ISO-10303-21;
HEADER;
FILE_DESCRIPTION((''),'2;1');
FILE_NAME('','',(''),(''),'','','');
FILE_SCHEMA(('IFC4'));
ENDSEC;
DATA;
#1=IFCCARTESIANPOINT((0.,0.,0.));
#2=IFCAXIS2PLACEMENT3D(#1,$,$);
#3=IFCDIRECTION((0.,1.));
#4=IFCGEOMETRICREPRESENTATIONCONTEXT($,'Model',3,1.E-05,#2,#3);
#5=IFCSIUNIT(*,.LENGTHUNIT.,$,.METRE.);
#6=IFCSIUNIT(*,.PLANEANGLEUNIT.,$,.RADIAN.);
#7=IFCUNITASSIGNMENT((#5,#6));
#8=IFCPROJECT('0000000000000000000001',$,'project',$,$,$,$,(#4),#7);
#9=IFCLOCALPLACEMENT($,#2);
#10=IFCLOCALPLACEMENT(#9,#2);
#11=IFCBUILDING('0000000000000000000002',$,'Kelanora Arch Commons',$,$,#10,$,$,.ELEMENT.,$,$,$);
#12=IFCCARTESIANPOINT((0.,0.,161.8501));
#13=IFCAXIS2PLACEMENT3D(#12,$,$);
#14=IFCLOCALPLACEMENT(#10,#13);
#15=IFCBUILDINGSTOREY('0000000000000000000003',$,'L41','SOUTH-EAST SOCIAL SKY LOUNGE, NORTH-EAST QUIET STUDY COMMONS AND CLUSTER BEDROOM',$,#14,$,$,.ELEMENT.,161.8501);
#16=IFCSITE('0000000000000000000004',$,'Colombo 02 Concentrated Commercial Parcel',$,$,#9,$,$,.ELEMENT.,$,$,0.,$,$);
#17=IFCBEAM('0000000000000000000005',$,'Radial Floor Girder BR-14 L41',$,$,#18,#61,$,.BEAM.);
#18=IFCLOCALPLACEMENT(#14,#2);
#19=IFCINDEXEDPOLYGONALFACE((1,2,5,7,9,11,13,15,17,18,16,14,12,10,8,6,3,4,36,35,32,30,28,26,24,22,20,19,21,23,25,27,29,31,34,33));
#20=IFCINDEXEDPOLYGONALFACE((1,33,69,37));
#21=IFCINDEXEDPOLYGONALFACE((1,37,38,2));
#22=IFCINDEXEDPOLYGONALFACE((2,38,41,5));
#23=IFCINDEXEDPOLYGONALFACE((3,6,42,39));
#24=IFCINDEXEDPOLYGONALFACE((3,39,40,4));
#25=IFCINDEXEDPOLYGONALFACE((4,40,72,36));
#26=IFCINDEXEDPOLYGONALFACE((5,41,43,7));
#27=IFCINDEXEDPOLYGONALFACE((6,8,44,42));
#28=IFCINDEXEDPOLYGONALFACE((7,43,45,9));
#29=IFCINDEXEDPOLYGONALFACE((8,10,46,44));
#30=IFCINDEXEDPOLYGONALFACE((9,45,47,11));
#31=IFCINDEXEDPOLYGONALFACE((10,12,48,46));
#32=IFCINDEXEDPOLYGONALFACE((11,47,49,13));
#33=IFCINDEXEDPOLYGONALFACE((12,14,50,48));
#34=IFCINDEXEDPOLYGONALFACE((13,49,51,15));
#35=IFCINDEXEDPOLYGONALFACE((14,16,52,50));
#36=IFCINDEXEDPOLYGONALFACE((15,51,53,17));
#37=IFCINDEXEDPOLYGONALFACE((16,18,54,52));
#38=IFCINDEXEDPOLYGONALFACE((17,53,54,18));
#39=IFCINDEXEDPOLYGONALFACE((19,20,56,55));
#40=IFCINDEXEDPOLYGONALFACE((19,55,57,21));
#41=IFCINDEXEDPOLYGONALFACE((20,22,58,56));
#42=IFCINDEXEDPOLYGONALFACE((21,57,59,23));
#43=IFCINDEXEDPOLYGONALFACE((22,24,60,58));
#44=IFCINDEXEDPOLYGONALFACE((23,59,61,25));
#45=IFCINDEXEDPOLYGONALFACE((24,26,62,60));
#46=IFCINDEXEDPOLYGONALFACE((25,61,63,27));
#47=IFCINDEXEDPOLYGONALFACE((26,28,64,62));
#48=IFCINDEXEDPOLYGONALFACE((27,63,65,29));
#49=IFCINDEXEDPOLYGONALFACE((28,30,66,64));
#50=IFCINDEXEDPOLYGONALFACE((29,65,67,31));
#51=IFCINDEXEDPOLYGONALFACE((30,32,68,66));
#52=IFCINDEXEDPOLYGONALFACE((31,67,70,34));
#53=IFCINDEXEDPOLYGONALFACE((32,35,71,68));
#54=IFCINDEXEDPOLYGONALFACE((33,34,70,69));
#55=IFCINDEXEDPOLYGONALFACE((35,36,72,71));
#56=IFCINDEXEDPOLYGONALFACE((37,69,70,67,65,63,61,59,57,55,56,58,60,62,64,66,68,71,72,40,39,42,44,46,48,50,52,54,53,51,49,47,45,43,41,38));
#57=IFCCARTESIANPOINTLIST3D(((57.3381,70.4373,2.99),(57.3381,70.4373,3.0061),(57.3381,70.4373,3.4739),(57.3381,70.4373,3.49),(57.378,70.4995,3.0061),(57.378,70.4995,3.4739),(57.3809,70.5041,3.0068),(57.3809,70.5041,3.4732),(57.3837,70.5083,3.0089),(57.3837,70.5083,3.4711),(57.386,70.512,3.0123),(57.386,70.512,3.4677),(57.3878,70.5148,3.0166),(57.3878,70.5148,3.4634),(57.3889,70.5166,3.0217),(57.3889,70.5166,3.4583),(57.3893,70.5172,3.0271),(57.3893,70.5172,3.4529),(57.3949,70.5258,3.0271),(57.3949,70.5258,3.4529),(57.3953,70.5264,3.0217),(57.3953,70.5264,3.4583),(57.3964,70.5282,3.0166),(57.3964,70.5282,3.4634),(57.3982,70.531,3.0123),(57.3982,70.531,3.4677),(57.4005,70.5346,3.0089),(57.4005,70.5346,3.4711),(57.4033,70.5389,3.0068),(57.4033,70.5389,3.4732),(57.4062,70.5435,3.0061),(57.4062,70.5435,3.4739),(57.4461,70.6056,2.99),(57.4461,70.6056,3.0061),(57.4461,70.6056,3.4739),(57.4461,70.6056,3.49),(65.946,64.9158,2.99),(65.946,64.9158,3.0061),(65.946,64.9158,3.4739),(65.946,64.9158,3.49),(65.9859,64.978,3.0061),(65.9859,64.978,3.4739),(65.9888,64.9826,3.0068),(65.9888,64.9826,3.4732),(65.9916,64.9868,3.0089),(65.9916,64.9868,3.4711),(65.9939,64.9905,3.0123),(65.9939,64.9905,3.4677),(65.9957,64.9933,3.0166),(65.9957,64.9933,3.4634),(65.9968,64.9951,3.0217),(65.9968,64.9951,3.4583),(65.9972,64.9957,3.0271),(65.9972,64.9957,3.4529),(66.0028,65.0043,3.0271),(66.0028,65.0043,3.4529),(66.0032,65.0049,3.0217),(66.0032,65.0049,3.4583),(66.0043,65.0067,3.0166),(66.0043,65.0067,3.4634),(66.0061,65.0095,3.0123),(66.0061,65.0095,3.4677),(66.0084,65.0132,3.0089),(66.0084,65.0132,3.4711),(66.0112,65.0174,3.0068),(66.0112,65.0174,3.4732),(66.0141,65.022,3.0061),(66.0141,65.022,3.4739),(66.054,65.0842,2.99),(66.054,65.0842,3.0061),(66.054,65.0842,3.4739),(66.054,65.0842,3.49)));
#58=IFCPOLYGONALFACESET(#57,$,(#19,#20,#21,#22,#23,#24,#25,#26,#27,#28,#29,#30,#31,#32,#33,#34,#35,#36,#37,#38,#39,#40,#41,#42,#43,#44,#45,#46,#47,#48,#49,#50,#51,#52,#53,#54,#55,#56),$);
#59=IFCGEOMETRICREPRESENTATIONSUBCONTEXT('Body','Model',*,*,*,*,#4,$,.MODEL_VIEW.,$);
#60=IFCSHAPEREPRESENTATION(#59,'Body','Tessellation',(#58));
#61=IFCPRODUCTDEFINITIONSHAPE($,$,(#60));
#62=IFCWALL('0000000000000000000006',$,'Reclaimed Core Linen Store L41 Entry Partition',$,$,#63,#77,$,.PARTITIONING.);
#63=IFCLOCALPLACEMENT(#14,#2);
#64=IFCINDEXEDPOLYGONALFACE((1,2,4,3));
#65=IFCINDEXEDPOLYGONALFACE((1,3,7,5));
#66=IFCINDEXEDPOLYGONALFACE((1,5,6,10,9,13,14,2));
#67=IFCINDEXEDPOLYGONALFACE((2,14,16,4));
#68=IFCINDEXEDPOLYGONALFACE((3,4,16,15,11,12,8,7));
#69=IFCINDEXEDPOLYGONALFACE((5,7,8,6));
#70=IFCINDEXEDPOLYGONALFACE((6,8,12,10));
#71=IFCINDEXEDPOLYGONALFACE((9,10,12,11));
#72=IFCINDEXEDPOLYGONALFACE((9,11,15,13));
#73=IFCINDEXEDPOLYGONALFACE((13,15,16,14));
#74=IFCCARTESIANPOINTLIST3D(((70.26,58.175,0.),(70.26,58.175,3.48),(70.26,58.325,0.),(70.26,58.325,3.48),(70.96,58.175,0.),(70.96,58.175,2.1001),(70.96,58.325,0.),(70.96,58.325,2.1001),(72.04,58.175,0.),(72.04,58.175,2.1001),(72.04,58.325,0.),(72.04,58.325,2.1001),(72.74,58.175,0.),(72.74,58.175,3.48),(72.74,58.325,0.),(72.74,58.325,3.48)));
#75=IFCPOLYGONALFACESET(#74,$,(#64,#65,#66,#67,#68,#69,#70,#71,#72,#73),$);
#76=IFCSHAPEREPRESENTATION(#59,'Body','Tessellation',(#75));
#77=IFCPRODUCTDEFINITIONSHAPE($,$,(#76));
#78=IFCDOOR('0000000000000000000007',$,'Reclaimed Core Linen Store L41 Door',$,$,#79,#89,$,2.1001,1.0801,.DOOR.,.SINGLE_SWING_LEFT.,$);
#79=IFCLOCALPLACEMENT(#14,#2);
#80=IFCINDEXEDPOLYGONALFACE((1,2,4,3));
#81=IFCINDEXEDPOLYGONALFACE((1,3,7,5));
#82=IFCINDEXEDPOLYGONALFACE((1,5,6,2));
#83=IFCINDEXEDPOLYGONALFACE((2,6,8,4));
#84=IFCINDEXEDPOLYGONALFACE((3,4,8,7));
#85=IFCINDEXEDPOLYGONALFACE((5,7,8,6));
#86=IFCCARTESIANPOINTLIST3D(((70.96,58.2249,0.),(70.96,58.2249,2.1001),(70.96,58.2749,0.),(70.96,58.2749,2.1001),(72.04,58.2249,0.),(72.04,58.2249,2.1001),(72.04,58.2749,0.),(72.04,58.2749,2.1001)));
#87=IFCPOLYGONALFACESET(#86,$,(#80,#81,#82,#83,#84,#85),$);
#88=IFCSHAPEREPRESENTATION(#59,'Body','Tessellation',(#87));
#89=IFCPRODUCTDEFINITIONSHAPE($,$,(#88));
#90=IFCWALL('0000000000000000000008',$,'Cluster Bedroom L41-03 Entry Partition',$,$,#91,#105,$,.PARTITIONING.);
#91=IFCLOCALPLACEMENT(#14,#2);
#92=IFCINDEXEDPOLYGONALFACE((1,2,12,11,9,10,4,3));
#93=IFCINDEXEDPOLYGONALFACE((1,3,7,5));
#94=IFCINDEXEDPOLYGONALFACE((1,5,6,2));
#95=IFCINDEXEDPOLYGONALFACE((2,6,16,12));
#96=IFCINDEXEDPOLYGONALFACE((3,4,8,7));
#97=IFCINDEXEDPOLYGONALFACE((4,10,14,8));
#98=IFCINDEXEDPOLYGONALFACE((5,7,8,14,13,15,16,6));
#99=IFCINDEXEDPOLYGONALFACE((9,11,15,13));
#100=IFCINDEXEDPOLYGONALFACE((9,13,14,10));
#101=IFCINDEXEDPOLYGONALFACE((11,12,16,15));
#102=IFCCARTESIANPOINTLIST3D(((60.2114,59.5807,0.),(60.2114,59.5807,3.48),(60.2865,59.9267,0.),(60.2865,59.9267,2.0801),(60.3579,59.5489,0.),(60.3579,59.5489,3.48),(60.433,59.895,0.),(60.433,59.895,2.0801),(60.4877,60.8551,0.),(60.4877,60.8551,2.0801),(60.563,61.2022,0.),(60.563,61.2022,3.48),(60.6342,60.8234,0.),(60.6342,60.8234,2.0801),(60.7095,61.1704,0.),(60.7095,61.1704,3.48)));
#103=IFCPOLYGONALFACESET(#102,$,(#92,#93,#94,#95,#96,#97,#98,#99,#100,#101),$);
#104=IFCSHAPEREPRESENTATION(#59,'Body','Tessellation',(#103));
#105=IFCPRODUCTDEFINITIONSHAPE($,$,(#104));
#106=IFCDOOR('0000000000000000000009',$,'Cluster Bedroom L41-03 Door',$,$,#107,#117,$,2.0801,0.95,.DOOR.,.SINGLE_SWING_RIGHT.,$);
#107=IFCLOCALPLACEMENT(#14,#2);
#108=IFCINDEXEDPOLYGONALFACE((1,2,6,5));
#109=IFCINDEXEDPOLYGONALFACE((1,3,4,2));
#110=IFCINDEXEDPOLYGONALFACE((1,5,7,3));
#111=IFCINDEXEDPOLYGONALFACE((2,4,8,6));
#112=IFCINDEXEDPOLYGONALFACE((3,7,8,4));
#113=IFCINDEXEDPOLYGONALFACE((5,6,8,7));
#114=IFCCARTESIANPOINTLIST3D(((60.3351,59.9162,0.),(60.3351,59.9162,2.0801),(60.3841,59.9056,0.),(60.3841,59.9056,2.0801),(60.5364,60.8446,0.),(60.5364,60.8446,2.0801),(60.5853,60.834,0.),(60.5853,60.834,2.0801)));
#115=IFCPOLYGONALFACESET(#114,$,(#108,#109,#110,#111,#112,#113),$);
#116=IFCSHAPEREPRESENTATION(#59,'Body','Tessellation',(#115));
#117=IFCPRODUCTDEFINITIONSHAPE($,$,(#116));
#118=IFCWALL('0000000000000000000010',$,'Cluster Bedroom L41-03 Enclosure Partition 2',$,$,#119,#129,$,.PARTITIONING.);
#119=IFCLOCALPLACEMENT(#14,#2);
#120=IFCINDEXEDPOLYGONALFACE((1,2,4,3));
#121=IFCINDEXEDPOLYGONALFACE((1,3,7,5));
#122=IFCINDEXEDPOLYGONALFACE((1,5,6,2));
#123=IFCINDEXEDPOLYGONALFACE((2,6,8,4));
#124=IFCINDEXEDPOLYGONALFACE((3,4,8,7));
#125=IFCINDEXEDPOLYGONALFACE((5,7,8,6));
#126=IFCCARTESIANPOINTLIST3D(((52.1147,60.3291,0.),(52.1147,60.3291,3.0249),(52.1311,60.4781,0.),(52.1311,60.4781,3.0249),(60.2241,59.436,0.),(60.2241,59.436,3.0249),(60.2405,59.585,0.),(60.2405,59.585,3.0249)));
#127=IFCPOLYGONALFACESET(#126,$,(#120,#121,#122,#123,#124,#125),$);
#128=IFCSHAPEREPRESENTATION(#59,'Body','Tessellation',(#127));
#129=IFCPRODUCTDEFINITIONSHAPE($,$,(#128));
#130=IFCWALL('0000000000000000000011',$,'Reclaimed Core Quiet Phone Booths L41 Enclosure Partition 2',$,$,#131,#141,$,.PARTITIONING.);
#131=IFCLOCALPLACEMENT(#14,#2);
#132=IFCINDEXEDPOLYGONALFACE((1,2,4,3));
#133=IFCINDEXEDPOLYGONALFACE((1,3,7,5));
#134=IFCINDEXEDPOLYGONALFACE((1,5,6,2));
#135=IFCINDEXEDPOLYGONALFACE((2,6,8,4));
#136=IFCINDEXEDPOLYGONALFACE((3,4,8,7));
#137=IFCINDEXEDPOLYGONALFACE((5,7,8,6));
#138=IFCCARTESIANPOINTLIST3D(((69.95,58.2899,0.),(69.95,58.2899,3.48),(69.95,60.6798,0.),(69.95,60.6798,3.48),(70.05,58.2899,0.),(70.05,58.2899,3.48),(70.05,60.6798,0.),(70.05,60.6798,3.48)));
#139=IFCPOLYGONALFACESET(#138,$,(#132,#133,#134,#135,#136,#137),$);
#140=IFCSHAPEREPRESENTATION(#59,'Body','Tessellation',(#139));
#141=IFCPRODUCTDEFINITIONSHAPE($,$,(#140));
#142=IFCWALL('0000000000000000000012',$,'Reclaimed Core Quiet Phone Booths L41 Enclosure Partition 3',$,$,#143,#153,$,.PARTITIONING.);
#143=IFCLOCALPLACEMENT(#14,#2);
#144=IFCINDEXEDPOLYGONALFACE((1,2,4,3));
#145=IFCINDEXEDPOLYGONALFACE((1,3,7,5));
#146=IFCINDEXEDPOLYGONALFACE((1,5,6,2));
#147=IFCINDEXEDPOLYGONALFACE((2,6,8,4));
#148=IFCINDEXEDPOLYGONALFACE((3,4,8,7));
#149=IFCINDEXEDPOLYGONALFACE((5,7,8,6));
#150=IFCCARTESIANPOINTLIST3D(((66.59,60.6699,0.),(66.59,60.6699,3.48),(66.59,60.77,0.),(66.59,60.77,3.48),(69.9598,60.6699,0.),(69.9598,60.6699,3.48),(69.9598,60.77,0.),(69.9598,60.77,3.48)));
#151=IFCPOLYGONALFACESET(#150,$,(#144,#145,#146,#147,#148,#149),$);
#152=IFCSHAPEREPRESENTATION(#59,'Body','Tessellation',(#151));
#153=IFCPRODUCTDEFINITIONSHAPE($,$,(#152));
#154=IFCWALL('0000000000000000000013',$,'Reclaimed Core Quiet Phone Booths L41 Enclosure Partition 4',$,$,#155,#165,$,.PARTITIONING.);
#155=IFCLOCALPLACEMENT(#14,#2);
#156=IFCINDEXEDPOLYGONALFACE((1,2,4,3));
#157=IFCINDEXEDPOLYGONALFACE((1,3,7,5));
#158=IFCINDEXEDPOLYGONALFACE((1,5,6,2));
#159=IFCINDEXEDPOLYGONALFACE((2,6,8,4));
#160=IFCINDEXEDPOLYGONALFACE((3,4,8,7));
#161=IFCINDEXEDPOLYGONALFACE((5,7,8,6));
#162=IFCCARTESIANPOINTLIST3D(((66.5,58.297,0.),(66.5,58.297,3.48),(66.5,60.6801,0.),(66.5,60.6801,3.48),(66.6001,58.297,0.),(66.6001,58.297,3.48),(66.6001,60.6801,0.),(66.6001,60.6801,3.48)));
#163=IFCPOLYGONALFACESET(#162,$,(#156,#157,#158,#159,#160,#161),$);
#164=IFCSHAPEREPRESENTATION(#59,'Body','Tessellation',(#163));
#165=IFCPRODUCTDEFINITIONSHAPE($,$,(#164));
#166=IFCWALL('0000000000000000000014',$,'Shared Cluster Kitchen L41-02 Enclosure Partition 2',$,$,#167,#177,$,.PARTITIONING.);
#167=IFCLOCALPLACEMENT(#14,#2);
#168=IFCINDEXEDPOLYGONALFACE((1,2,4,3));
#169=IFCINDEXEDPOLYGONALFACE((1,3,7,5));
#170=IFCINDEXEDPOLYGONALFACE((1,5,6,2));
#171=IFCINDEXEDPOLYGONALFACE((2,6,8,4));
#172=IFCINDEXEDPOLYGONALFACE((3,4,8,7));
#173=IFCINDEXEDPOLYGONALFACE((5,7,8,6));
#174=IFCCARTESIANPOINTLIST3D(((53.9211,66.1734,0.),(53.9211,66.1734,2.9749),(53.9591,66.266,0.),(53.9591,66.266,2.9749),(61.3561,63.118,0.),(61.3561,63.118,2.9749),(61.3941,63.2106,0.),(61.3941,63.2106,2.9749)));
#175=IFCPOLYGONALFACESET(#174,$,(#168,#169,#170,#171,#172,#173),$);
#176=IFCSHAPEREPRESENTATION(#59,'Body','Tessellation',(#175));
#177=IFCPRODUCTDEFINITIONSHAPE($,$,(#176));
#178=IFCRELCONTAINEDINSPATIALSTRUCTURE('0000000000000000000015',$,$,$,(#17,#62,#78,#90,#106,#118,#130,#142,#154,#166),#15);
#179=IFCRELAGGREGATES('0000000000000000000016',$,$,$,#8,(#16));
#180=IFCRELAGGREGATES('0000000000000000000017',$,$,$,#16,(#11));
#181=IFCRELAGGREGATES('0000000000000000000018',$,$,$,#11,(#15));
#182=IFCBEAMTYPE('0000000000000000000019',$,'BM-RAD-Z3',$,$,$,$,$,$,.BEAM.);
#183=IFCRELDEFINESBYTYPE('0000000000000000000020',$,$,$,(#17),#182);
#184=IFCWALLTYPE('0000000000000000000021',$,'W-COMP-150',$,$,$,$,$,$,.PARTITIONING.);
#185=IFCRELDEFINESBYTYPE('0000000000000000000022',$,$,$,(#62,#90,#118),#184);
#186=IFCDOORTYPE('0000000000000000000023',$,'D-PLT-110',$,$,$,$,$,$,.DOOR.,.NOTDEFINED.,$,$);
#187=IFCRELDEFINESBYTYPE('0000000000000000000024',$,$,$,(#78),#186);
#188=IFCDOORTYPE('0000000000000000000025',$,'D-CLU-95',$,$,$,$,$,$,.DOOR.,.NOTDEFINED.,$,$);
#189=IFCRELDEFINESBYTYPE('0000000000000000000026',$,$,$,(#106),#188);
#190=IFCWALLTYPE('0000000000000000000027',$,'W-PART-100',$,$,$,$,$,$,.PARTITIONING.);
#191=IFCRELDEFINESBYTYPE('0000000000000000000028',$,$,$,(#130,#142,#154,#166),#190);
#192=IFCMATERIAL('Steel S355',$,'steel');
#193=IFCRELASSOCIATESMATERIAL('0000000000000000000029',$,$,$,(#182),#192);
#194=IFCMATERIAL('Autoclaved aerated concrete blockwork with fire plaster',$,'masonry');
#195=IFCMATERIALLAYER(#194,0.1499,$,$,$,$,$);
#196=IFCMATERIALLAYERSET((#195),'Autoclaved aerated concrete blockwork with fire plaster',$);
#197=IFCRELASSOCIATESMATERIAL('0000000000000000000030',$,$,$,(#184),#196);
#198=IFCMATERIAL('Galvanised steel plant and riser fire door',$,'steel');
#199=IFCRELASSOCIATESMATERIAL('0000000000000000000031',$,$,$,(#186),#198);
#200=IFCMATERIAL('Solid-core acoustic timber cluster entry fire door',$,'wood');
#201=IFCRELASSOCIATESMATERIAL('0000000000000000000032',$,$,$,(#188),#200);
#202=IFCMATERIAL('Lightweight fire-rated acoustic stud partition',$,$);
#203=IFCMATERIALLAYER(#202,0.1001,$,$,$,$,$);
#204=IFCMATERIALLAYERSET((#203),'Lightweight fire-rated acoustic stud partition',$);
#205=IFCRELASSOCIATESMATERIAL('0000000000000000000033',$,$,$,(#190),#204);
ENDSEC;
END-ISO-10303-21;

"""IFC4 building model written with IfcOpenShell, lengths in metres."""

from ifc_helpers import new_model, si_unit, direction, frame, frame_2d, origin, origin_2d, place, context, subcontext, project, spatial, rectangle, i_section, extrude, material, layer, layer_set, material_profile, profile_set, type_object, element, fill, save


model = new_model("IFC4")

# Units and contexts
model_context = context("Model", 3, precision=1e-05, world=origin(), true_north=direction((0.0, 1.0)))
body_context = subcontext(model_context, "Body", "Model", "MODEL_VIEW")
ifc_project = project(units=[si_unit("LENGTHUNIT", "METRE"), si_unit("PLANEANGLEUNIT", "RADIAN")], contexts=[model_context])

# Site, building, storey
site_placement = place(None, origin())
site = spatial("IfcSite", under=ifc_project, at=site_placement, Name="Colombo 02 Concentrated Commercial Parcel", CompositionType="ELEMENT", RefElevation=0.0)
building_placement = place(site_placement, origin())
building = spatial("IfcBuilding", under=site, at=building_placement, Name="Kelanora Arch Commons", CompositionType="ELEMENT")
storey_placement = place(building_placement, frame((0.0, 0.0, 161.8501)))
storey = spatial("IfcBuildingStorey", under=building, at=storey_placement, Name="L41", Description="SOUTH-EAST SOCIAL SKY LOUNGE, NORTH-EAST QUIET STUDY COMMONS AND CLUSTER BEDROOM", CompositionType="ELEMENT", Elevation=161.8501)

# Beam
ifc_material_1 = material(Name="Steel S355", Category="steel")
ifc_material_profile_1 = material_profile(ifc_material_1, i_section(OverallWidth=0.2, OverallDepth=0.5, WebThickness=0.0103, FlangeThickness=0.0161, FilletRadius=0.021, at=origin_2d()), Name="IPE500")
ifc_profile_set_1 = profile_set([ifc_material_profile_1], Name="Steel S355")
beam_type_1 = type_object("IfcBeamType", Name="BM-RAD-Z3", PredefinedType="BEAM", material=ifc_profile_set_1)
beam_1_placement = place(storey_placement, frame((66.0, 65.0, 3.24), z_axis=(-0.841719, 0.539915, 0.0), x_axis=(-0.539915, -0.841719, 0.0)))
element("IfcBeam", 1, at=beam_1_placement, inside=storey, type_object=beam_type_1, Name="Radial Floor Girder BR-14 L41", PredefinedType="BEAM", context=body_context, shape_type="SweptSolid", body=[
    extrude(i_section(OverallWidth=0.2, OverallDepth=0.5, WebThickness=0.0103, FlangeThickness=0.0161, FilletRadius=0.021, at=origin_2d()), origin(), (0.0, 0.0, 1.0), 10.2266),
])

# Walls, openings, doors
ifc_material_2 = material(Name="Autoclaved aerated concrete blockwork with fire plaster", Category="masonry")
ifc_layer_1 = layer(ifc_material_2, 0.1499)
ifc_layer_set_1 = layer_set([ifc_layer_1], Name="Autoclaved aerated concrete blockwork with fire plaster")
wall_type_1 = type_object("IfcWallType", Name="W-COMP-150", PredefinedType="PARTITIONING", material=ifc_layer_set_1)
wall_1_placement = place(storey_placement, frame((70.26, 58.25, 0.0), z_axis=(0.0, 0.0, 1.0), x_axis=(1.0, 0.0, 0.0)))
wall_1 = element("IfcWall", 2, at=wall_1_placement, inside=storey, type_object=wall_type_1, Name="Reclaimed Core Linen Store L41 Entry Partition", PredefinedType="PARTITIONING", context=body_context, shape_type="SweptSolid", body=[
    extrude(rectangle(XDim=2.48, YDim=0.1499, at=frame_2d((1.24, 0.0))), origin(), (0.0, 0.0, 1.0), 3.48),
])
opening_1_placement = place(wall_1_placement, frame((0.7, 0.0, 0.0)))
opening_1 = element("IfcOpeningElement", 3, at=opening_1_placement, cuts=wall_1, PredefinedType="OPENING", context=body_context, shape_type="SweptSolid", body=[
    extrude(rectangle(XDim=1.0801, YDim=2.1001, at=frame_2d((0.54, 1.05))), frame((0.0, 0.085, 0.0), z_axis=(0.0, -1.0, 0.0), x_axis=(1.0, 0.0, 0.0)), (0.0, 0.0, 1.0), 0.1699),
])
ifc_material_3 = material(Name="Galvanised steel plant and riser fire door", Category="steel")
door_type_1 = type_object("IfcDoorType", Name="D-PLT-110", OperationType="NOTDEFINED", PredefinedType="DOOR", material=ifc_material_3)
door_1_placement = place(opening_1_placement, origin())
door_1 = element("IfcDoor", 4, at=door_1_placement, inside=storey, type_object=door_type_1, Name="Reclaimed Core Linen Store L41 Door", OperationType="SINGLE_SWING_LEFT", OverallHeight=2.1001, OverallWidth=1.0801, PredefinedType="DOOR", context=body_context, shape_type="SweptSolid", body=[
    extrude(rectangle(XDim=1.0801, YDim=2.1001, at=frame_2d((0.54, 1.05))), frame((0.0, 0.0249, 0.0), z_axis=(0.0, -1.0, 0.0), x_axis=(1.0, 0.0, 0.0)), (0.0, 0.0, 1.0), 0.05),
])
fill(opening_1, door_1)
wall_2_placement = place(storey_placement, frame((60.6362, 61.1863, 0.0), z_axis=(0.0, 0.0, 1.0), x_axis=(-0.21188, -0.977296, 0.0)))
wall_2 = element("IfcWall", 5, at=wall_2_placement, inside=storey, type_object=wall_type_1, Name="Cluster Bedroom L41-03 Entry Partition", PredefinedType="PARTITIONING", context=body_context, shape_type="SweptSolid", body=[
    extrude(rectangle(XDim=1.6592, YDim=0.1499, at=frame_2d((0.8296, 0.0))), origin(), (0.0, 0.0, 1.0), 3.48),
])
opening_2_placement = place(wall_2_placement, frame((0.355, 0.0, 0.0)))
opening_2 = element("IfcOpeningElement", 6, at=opening_2_placement, cuts=wall_2, PredefinedType="OPENING", context=body_context, shape_type="SweptSolid", body=[
    extrude(rectangle(XDim=0.95, YDim=2.0801, at=frame_2d((0.4751, 1.04))), frame((0.0, 0.085, 0.0), z_axis=(0.0, -1.0, 0.0), x_axis=(1.0, 0.0, 0.0)), (0.0, 0.0, 1.0), 0.1699),
])
ifc_material_4 = material(Name="Solid-core acoustic timber cluster entry fire door", Category="wood")
door_type_2 = type_object("IfcDoorType", Name="D-CLU-95", OperationType="NOTDEFINED", PredefinedType="DOOR", material=ifc_material_4)
door_2_placement = place(opening_2_placement, origin())
door_2 = element("IfcDoor", 7, at=door_2_placement, inside=storey, type_object=door_type_2, Name="Cluster Bedroom L41-03 Door", OperationType="SINGLE_SWING_RIGHT", OverallHeight=2.0801, OverallWidth=0.95, PredefinedType="DOOR", context=body_context, shape_type="SweptSolid", body=[
    extrude(rectangle(XDim=0.95, YDim=2.0801, at=frame_2d((0.4751, 1.04))), frame((0.0, 0.0249, 0.0), z_axis=(0.0, -1.0, 0.0), x_axis=(1.0, 0.0, 0.0)), (0.0, 0.0, 1.0), 0.05),
])
fill(opening_2, door_2)

# Walls
wall_3_placement = place(storey_placement, frame((60.2322, 59.5105, 0.0), z_axis=(0.0, 0.0, 1.0), x_axis=(-0.993991, 0.109466, 0.0)))
element("IfcWall", 8, at=wall_3_placement, inside=storey, type_object=wall_type_1, Name="Cluster Bedroom L41-03 Enclosure Partition 2", PredefinedType="PARTITIONING", context=body_context, shape_type="SweptSolid", body=[
    extrude(rectangle(XDim=8.1584, YDim=0.1499, at=frame_2d((4.0791, 0.0))), origin(), (0.0, 0.0, 1.0), 3.0249),
])
ifc_material_5 = material(Name="Lightweight fire-rated acoustic stud partition")
ifc_layer_2 = layer(ifc_material_5, 0.1001)
ifc_layer_set_2 = layer_set([ifc_layer_2], Name="Lightweight fire-rated acoustic stud partition")
wall_type_2 = type_object("IfcWallType", Name="W-PART-100", PredefinedType="PARTITIONING", material=ifc_layer_set_2)
wall_4_placement = place(storey_placement, frame((70.0, 58.29, 0.0), z_axis=(0.0, 0.0, 1.0), x_axis=(0.0, 1.0, 0.0)))
element("IfcWall", 9, at=wall_4_placement, inside=storey, type_object=wall_type_2, Name="Reclaimed Core Quiet Phone Booths L41 Enclosure Partition 2", PredefinedType="PARTITIONING", context=body_context, shape_type="SweptSolid", body=[
    extrude(rectangle(XDim=2.3899, YDim=0.1001, at=frame_2d((1.1948, 0.0))), origin(), (0.0, 0.0, 1.0), 3.48),
])
wall_5_placement = place(storey_placement, frame((69.96, 60.72, 0.0), z_axis=(0.0, 0.0, 1.0), x_axis=(-1.0, 0.0, 0.0)))
element("IfcWall", 10, at=wall_5_placement, inside=storey, type_object=wall_type_2, Name="Reclaimed Core Quiet Phone Booths L41 Enclosure Partition 3", PredefinedType="PARTITIONING", context=body_context, shape_type="SweptSolid", body=[
    extrude(rectangle(XDim=3.3699, YDim=0.1001, at=frame_2d((1.6851, 0.0))), origin(), (0.0, 0.0, 1.0), 3.48),
])
wall_6_placement = place(storey_placement, frame((66.55, 60.6799, 0.0), z_axis=(0.0, 0.0, 1.0), x_axis=(0.0, -1.0, 0.0)))
element("IfcWall", 11, at=wall_6_placement, inside=storey, type_object=wall_type_2, Name="Reclaimed Core Quiet Phone Booths L41 Enclosure Partition 4", PredefinedType="PARTITIONING", context=body_context, shape_type="SweptSolid", body=[
    extrude(rectangle(XDim=2.3831, YDim=0.1001, at=frame_2d((1.1914, 0.0))), origin(), (0.0, 0.0, 1.0), 3.48),
])
wall_7_placement = place(storey_placement, frame((61.375, 63.1643, 0.0), z_axis=(0.0, 0.0, 1.0), x_axis=(-0.924944, 0.380104, 0.0)))
element("IfcWall", 12, at=wall_7_placement, inside=storey, type_object=wall_type_2, Name="Shared Cluster Kitchen L41-02 Enclosure Partition 2", PredefinedType="PARTITIONING", context=body_context, shape_type="SweptSolid", body=[
    extrude(rectangle(XDim=8.0383, YDim=0.1001, at=frame_2d((4.019, 0.0))), origin(), (0.0, 0.0, 1.0), 2.9749),
])

save(model, "model.ifc")
